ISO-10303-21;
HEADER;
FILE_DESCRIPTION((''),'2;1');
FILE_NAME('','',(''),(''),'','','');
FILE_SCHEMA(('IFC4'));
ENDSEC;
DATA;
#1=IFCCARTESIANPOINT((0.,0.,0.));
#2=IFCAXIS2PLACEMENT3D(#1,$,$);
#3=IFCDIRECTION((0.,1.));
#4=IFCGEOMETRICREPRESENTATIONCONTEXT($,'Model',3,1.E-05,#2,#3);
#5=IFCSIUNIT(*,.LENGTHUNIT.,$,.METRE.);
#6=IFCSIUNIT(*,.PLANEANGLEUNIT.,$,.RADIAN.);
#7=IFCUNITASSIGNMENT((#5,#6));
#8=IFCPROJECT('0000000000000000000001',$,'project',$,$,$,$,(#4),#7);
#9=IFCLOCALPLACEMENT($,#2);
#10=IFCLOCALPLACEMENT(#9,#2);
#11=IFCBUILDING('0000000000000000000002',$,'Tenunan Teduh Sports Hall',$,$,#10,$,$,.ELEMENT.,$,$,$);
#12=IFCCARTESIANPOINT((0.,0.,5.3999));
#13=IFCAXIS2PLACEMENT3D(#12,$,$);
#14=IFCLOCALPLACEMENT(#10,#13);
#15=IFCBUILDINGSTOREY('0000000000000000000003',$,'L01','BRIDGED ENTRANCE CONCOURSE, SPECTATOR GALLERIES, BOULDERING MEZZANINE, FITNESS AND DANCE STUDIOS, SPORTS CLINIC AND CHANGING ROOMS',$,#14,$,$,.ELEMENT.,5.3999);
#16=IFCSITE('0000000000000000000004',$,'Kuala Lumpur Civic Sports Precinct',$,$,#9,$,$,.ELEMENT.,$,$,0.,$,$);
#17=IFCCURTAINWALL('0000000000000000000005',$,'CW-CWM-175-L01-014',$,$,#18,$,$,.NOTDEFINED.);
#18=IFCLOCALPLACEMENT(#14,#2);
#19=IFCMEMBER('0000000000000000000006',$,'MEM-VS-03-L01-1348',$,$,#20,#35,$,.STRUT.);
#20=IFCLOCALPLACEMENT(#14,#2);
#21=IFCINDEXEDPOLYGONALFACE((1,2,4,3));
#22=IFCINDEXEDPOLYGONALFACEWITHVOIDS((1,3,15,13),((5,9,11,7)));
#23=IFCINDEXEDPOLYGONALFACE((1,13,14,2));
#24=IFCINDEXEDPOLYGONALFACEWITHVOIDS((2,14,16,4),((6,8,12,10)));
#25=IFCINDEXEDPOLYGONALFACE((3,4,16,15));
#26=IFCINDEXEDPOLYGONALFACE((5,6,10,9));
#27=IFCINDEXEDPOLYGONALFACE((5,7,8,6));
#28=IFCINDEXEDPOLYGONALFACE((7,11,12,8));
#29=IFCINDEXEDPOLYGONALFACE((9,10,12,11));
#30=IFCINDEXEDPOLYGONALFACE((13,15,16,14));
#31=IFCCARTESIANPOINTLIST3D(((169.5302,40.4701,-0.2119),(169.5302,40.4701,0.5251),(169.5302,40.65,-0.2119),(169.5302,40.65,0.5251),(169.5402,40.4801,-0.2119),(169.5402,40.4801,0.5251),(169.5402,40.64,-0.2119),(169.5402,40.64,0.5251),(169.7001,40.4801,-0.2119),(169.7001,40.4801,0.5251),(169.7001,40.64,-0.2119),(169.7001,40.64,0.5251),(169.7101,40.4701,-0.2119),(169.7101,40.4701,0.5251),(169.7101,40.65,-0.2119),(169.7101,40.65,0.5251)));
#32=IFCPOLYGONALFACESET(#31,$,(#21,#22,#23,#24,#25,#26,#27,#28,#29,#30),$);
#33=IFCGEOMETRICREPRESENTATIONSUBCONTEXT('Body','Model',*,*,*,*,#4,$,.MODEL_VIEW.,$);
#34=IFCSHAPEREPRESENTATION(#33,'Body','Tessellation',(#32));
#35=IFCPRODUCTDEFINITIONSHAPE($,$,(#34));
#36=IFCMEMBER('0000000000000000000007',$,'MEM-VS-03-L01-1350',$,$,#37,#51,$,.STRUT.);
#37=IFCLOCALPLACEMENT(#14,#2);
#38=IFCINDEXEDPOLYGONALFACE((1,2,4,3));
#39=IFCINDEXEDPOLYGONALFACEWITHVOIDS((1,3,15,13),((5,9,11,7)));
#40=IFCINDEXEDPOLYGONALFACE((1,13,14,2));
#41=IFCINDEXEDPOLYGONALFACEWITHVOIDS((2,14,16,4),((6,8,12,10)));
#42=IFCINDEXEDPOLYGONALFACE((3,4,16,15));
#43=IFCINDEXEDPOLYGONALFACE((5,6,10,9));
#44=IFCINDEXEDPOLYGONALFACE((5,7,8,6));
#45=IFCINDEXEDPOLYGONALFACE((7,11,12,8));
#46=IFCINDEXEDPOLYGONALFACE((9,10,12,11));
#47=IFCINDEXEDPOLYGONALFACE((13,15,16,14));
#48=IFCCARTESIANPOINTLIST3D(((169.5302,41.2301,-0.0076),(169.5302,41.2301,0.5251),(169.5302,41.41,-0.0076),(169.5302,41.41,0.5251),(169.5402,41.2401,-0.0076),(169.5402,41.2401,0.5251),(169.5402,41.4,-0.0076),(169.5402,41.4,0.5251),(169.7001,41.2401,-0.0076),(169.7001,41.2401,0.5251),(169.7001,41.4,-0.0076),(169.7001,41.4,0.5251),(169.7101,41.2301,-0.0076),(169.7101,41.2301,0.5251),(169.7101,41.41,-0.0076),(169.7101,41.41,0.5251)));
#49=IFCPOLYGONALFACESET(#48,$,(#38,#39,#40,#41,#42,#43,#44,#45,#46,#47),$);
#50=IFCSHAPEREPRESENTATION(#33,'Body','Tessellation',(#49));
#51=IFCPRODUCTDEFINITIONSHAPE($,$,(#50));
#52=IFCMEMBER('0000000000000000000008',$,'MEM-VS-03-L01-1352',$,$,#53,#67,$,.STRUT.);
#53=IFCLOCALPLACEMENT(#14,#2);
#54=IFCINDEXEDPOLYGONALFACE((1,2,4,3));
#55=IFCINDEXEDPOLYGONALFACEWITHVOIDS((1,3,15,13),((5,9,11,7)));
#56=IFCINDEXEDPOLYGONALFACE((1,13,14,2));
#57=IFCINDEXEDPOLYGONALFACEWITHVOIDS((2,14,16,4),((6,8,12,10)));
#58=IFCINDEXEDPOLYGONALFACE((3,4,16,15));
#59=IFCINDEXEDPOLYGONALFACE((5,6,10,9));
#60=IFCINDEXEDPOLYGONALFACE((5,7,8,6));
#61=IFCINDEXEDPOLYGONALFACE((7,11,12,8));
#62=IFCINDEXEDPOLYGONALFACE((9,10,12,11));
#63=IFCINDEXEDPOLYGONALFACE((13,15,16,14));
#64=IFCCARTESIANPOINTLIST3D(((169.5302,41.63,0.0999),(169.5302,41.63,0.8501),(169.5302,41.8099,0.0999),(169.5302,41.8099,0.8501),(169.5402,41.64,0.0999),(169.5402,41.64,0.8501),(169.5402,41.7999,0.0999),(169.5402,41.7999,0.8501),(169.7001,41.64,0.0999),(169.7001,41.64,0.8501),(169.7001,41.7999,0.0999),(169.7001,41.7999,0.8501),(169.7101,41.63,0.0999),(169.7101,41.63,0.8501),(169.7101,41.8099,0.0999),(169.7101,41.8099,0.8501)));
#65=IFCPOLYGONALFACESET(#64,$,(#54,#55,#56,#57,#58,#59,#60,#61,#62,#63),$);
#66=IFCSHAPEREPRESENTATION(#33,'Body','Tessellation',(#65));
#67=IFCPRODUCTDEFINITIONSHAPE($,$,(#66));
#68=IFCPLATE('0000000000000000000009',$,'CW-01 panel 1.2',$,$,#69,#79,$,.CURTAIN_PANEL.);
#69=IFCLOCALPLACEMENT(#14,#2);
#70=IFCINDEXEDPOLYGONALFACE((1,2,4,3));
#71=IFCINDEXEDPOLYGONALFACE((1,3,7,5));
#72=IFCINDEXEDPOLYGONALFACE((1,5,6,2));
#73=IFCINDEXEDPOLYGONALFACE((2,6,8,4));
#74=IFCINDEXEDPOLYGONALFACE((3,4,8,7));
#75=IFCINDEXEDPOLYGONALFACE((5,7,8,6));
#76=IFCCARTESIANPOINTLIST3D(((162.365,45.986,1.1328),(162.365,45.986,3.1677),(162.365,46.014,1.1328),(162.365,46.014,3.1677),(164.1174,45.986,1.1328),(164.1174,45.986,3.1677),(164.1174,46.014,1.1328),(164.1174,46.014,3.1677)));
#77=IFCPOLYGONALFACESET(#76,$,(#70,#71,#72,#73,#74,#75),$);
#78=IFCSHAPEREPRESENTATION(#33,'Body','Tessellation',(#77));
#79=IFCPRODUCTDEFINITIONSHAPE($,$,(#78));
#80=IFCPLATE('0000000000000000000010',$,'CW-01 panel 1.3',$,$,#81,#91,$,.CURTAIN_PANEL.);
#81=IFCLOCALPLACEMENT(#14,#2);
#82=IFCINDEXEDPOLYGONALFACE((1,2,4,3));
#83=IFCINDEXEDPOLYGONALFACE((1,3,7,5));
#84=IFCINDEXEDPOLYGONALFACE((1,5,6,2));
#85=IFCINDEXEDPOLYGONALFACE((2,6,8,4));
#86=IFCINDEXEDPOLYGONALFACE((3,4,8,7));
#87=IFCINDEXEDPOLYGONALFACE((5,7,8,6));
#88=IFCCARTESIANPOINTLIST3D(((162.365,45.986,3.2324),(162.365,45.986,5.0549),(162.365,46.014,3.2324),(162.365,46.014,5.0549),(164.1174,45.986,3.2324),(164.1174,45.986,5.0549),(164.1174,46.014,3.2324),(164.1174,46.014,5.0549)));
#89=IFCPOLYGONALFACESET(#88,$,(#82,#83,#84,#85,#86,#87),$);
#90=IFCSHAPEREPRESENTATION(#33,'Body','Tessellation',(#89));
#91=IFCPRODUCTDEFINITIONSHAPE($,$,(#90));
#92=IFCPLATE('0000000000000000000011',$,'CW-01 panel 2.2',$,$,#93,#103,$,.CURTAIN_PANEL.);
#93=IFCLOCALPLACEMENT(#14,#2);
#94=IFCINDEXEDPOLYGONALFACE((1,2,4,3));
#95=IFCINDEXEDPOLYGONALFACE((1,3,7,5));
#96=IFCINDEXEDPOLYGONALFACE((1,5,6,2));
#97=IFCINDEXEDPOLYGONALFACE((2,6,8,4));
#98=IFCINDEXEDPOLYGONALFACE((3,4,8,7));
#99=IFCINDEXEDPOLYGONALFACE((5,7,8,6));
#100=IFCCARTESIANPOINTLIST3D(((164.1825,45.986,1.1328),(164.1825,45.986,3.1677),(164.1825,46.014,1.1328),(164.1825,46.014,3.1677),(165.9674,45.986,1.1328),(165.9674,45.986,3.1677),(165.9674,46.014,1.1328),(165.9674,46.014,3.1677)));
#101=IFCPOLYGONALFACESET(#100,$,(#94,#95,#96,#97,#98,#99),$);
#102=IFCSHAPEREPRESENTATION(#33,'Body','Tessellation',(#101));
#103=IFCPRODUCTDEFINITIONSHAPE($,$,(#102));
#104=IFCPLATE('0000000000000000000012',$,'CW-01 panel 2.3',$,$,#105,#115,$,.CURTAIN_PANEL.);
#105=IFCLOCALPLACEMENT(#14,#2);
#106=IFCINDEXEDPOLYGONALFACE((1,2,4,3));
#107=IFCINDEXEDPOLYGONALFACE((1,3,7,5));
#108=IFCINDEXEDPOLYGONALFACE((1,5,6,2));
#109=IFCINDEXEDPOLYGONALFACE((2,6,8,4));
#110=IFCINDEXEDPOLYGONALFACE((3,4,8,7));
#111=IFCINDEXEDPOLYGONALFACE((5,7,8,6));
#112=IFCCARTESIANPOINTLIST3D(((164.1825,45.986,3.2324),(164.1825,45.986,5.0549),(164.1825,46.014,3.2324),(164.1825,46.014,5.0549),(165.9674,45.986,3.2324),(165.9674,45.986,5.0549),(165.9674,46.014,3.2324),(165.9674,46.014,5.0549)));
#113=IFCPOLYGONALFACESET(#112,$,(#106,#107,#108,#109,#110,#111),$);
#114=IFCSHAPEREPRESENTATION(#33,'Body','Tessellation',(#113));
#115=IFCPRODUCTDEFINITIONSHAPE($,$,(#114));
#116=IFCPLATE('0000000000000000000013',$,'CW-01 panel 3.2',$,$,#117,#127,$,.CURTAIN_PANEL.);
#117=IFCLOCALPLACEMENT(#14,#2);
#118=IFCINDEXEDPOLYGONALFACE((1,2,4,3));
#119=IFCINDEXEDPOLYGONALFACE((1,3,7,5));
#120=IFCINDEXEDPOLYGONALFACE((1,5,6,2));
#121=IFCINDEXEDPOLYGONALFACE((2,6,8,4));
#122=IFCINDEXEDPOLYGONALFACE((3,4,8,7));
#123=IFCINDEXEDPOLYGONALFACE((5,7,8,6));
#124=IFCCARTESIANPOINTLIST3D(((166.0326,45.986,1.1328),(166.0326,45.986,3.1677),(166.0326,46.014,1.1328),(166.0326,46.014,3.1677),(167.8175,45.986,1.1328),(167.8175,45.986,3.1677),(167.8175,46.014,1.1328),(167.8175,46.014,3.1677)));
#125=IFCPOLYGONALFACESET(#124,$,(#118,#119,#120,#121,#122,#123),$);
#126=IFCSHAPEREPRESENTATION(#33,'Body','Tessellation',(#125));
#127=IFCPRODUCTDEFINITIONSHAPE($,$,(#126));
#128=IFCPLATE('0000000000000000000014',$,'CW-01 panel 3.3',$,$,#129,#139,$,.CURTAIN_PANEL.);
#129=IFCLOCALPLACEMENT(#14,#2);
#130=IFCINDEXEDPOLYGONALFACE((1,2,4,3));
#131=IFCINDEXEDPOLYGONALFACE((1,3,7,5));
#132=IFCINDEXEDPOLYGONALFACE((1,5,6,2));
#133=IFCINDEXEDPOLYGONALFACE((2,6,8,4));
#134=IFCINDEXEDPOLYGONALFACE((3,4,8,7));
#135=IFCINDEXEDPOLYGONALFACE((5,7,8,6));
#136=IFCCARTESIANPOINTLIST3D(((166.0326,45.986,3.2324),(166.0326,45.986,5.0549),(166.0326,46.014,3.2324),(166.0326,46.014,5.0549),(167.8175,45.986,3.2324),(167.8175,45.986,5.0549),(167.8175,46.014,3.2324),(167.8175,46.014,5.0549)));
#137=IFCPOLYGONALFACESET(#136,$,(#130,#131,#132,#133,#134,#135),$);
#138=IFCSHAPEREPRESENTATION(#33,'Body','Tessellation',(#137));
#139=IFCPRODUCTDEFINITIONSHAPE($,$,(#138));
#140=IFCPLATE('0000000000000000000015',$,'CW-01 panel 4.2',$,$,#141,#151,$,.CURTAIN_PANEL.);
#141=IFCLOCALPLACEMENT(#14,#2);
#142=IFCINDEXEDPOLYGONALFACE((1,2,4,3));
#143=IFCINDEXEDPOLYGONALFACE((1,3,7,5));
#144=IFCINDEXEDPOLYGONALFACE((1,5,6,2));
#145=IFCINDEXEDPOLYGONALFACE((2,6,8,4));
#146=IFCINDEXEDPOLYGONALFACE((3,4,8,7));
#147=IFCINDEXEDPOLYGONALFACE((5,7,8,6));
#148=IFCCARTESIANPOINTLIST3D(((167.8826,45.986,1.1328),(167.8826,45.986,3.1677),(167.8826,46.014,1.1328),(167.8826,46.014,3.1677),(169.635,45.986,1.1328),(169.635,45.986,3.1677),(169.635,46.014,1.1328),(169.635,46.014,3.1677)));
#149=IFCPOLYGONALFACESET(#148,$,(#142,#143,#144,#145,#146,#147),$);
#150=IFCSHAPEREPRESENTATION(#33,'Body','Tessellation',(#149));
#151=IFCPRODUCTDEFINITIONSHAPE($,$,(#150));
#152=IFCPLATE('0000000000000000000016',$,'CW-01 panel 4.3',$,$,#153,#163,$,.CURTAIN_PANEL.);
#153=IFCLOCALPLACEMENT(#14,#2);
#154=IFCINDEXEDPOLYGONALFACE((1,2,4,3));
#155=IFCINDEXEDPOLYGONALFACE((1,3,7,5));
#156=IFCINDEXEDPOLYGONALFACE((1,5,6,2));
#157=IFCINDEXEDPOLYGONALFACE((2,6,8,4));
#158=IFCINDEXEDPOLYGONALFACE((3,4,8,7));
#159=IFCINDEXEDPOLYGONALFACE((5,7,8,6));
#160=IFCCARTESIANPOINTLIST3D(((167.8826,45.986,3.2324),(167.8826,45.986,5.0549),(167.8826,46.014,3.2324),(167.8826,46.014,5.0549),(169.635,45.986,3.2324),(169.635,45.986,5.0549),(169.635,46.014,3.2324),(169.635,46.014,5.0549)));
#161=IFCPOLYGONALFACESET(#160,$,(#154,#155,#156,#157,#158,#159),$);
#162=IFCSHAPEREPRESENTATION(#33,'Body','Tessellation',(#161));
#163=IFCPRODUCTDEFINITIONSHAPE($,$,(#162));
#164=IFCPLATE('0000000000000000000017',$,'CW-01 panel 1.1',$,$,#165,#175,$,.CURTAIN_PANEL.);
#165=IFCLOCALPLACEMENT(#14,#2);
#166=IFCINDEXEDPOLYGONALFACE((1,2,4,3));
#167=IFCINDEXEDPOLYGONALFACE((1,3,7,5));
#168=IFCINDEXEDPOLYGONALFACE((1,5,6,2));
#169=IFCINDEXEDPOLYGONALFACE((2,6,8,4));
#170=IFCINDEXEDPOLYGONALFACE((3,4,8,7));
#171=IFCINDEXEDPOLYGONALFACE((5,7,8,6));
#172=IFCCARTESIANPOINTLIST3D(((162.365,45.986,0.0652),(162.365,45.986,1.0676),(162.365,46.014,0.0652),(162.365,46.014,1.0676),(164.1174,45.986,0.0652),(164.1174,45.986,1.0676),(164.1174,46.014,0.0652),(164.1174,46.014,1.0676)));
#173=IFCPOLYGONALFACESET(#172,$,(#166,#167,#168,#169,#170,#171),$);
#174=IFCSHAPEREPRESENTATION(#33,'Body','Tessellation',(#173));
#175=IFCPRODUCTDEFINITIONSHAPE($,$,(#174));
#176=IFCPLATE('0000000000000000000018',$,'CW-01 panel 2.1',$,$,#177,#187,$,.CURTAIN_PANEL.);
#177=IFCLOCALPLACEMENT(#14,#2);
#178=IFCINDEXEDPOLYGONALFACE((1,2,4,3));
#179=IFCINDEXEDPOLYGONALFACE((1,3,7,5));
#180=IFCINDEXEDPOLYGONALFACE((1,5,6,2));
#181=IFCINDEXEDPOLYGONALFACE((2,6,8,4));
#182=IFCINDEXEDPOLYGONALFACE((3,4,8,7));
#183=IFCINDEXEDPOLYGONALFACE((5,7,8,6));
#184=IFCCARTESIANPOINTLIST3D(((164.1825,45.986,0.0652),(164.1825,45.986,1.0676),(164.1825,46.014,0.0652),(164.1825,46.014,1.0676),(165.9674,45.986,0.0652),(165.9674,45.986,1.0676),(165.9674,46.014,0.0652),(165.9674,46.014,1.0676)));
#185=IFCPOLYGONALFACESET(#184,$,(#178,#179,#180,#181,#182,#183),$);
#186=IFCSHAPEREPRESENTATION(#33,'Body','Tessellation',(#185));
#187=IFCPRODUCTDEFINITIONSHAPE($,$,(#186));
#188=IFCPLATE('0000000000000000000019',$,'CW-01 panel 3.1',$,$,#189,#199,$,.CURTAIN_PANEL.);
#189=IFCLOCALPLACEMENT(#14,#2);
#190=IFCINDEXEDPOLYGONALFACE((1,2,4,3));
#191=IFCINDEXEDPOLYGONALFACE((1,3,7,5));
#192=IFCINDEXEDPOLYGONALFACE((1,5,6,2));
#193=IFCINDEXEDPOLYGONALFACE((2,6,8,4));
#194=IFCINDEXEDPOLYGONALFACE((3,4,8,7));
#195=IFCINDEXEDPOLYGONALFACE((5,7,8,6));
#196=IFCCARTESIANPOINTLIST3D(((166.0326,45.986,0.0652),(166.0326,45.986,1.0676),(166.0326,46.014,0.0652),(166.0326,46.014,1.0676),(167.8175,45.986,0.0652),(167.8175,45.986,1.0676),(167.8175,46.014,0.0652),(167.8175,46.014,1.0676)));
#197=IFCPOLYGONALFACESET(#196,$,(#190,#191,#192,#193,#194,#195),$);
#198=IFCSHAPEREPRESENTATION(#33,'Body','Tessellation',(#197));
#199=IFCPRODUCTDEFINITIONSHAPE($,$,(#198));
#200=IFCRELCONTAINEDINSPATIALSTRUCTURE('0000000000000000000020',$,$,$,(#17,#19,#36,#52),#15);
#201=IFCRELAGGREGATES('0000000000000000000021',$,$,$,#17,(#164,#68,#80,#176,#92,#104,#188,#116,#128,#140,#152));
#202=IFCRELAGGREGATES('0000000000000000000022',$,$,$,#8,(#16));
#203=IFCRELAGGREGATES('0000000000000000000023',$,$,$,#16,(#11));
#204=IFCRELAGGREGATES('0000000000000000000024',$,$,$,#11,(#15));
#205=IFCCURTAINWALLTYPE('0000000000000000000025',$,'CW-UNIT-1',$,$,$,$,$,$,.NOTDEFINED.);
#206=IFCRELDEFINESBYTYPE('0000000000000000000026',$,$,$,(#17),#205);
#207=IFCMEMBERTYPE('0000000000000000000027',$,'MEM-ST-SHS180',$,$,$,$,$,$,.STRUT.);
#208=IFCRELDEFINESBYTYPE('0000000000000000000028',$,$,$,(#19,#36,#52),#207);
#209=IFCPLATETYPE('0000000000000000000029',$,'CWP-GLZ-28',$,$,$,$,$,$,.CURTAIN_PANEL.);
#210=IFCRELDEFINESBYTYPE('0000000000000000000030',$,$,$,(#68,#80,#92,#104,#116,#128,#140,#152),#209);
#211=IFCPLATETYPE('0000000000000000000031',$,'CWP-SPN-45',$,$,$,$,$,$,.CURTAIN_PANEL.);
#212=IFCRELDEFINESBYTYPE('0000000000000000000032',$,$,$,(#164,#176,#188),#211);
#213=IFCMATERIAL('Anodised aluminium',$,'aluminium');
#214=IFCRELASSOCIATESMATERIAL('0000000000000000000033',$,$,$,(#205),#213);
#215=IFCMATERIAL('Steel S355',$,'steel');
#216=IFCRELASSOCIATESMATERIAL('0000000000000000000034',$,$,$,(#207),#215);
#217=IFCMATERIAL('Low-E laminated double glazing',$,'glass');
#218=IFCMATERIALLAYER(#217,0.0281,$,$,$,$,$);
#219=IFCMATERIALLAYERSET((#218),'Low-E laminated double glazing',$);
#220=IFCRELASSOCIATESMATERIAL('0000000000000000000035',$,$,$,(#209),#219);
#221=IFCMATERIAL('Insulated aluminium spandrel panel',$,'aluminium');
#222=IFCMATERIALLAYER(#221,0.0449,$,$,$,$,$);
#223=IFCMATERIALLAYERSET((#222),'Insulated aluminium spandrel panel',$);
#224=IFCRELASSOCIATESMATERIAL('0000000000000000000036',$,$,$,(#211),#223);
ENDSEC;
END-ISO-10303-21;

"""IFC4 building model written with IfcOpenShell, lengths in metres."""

from ifc_helpers import new_model, si_unit, direction, frame, origin, origin_2d, place, context, subcontext, project, spatial, rectangle, hollow_rectangle, extrude, material, layer, layer_set, material_profile, profile_set, type_object, element, aggregate, save


model = new_model("IFC4")

# Units and contexts
model_context = context("Model", 3, precision=1e-05, world=origin(), true_north=direction((0.0, 1.0)))
body_context = subcontext(model_context, "Body", "Model", "MODEL_VIEW")
ifc_project = project(units=[si_unit("LENGTHUNIT", "METRE"), si_unit("PLANEANGLEUNIT", "RADIAN")], contexts=[model_context])

# Site, building, storey
site_placement = place(None, origin())
site = spatial("IfcSite", under=ifc_project, at=site_placement, Name="Kuala Lumpur Civic Sports Precinct", CompositionType="ELEMENT", RefElevation=0.0)
building_placement = place(site_placement, origin())
building = spatial("IfcBuilding", under=site, at=building_placement, Name="Tenunan Teduh Sports Hall", CompositionType="ELEMENT")
storey_placement = place(building_placement, frame((0.0, 0.0, 5.3999)))
storey = spatial("IfcBuildingStorey", under=building, at=storey_placement, Name="L01", Description="BRIDGED ENTRANCE CONCOURSE, SPECTATOR GALLERIES, BOULDERING MEZZANINE, FITNESS AND DANCE STUDIOS, SPORTS CLINIC AND CHANGING ROOMS", CompositionType="ELEMENT", Elevation=5.3999)

# Curtain wall
ifc_material_1 = material(Name="Anodised aluminium", Category="aluminium")
curtain_wall_type = type_object("IfcCurtainWallType", Name="CW-UNIT-1", PredefinedType="NOTDEFINED", material=ifc_material_1)
curtain_wall_placement = place(storey_placement, origin())
curtain_wall = element("IfcCurtainWall", 1, at=curtain_wall_placement, inside=storey, type_object=curtain_wall_type, Name="CW-CWM-175-L01-014", PredefinedType="NOTDEFINED")

# Members
ifc_material_2 = material(Name="Steel S355", Category="steel")
ifc_material_profile_1 = material_profile(ifc_material_2, hollow_rectangle(XDim=0.1799, YDim=0.1799, WallThickness=0.01, at=origin_2d()), Name="SHS 180x180x10.0")
ifc_profile_set_1 = profile_set([ifc_material_profile_1], Name="Steel S355")
member_type_1 = type_object("IfcMemberType", Name="MEM-ST-SHS180", PredefinedType="STRUT", material=ifc_profile_set_1)
member_1_placement = place(storey_placement, frame((169.6201, 40.5601, -0.2119), z_axis=(0.0, 0.0, 1.0), x_axis=(1.0, 0.0, 0.0)))
element("IfcMember", 2, at=member_1_placement, inside=storey, type_object=member_type_1, Name="MEM-VS-03-L01-1348", PredefinedType="STRUT", context=body_context, shape_type="SweptSolid", body=[
    extrude(hollow_rectangle(XDim=0.1799, YDim=0.1799, WallThickness=0.01, at=origin_2d()), origin(), (0.0, 0.0, 1.0), 0.7371),
])
member_2_placement = place(storey_placement, frame((169.6201, 41.3201, -0.0076), z_axis=(0.0, 0.0, 1.0), x_axis=(1.0, 0.0, 0.0)))
element("IfcMember", 3, at=member_2_placement, inside=storey, type_object=member_type_1, Name="MEM-VS-03-L01-1350", PredefinedType="STRUT", context=body_context, shape_type="SweptSolid", body=[
    extrude(hollow_rectangle(XDim=0.1799, YDim=0.1799, WallThickness=0.01, at=origin_2d()), origin(), (0.0, 0.0, 1.0), 0.5327),
])
member_3_placement = place(storey_placement, frame((169.6201, 41.72, 0.0999), z_axis=(0.0, 0.0, 1.0), x_axis=(1.0, 0.0, 0.0)))
element("IfcMember", 4, at=member_3_placement, inside=storey, type_object=member_type_1, Name="MEM-VS-03-L01-1352", PredefinedType="STRUT", context=body_context, shape_type="SweptSolid", body=[
    extrude(hollow_rectangle(XDim=0.1799, YDim=0.1799, WallThickness=0.01, at=origin_2d()), origin(), (0.0, 0.0, 1.0), 0.7502),
])

# Plates
ifc_material_3 = material(Name="Low-E laminated double glazing", Category="glass")
ifc_layer_1 = layer(ifc_material_3, 0.0281)
ifc_layer_set_1 = layer_set([ifc_layer_1], Name="Low-E laminated double glazing")
plate_type_1 = type_object("IfcPlateType", Name="CWP-GLZ-28", PredefinedType="CURTAIN_PANEL", material=ifc_layer_set_1)
plate_1_placement = place(storey_placement, frame((163.2412, 46.0, 1.1328), z_axis=(0.0, 0.0, 1.0), x_axis=(1.0, 0.0, 0.0)))
plate_1 = element("IfcPlate", 5, at=plate_1_placement, type_object=plate_type_1, Name="CW-01 panel 1.2", PredefinedType="CURTAIN_PANEL", context=body_context, shape_type="SweptSolid", body=[
    extrude(rectangle(XDim=1.7524, YDim=0.0281, at=origin_2d()), origin(), (0.0, 0.0, 1.0), 2.0349),
])
plate_2_placement = place(storey_placement, frame((163.2412, 46.0, 3.2324), z_axis=(0.0, 0.0, 1.0), x_axis=(1.0, 0.0, 0.0)))
plate_2 = element("IfcPlate", 6, at=plate_2_placement, type_object=plate_type_1, Name="CW-01 panel 1.3", PredefinedType="CURTAIN_PANEL", context=body_context, shape_type="SweptSolid", body=[
    extrude(rectangle(XDim=1.7524, YDim=0.0281, at=origin_2d()), origin(), (0.0, 0.0, 1.0), 1.8225),
])
plate_3_placement = place(storey_placement, frame((165.075, 46.0, 1.1328), z_axis=(0.0, 0.0, 1.0), x_axis=(1.0, 0.0, 0.0)))
plate_3 = element("IfcPlate", 7, at=plate_3_placement, type_object=plate_type_1, Name="CW-01 panel 2.2", PredefinedType="CURTAIN_PANEL", context=body_context, shape_type="SweptSolid", body=[
    extrude(rectangle(XDim=1.7849, YDim=0.0281, at=origin_2d()), origin(), (0.0, 0.0, 1.0), 2.0349),
])
plate_4_placement = place(storey_placement, frame((165.075, 46.0, 3.2324), z_axis=(0.0, 0.0, 1.0), x_axis=(1.0, 0.0, 0.0)))
plate_4 = element("IfcPlate", 8, at=plate_4_placement, type_object=plate_type_1, Name="CW-01 panel 2.3", PredefinedType="CURTAIN_PANEL", context=body_context, shape_type="SweptSolid", body=[
    extrude(rectangle(XDim=1.7849, YDim=0.0281, at=origin_2d()), origin(), (0.0, 0.0, 1.0), 1.8225),
])
plate_5_placement = place(storey_placement, frame((166.925, 46.0, 1.1328), z_axis=(0.0, 0.0, 1.0), x_axis=(1.0, 0.0, 0.0)))
plate_5 = element("IfcPlate", 9, at=plate_5_placement, type_object=plate_type_1, Name="CW-01 panel 3.2", PredefinedType="CURTAIN_PANEL", context=body_context, shape_type="SweptSolid", body=[
    extrude(rectangle(XDim=1.7849, YDim=0.0281, at=origin_2d()), origin(), (0.0, 0.0, 1.0), 2.0349),
])
plate_6_placement = place(storey_placement, frame((166.925, 46.0, 3.2324), z_axis=(0.0, 0.0, 1.0), x_axis=(1.0, 0.0, 0.0)))
plate_6 = element("IfcPlate", 10, at=plate_6_placement, type_object=plate_type_1, Name="CW-01 panel 3.3", PredefinedType="CURTAIN_PANEL", context=body_context, shape_type="SweptSolid", body=[
    extrude(rectangle(XDim=1.7849, YDim=0.0281, at=origin_2d()), origin(), (0.0, 0.0, 1.0), 1.8225),
])
plate_7_placement = place(storey_placement, frame((168.7588, 46.0, 1.1328), z_axis=(0.0, 0.0, 1.0), x_axis=(1.0, 0.0, 0.0)))
plate_7 = element("IfcPlate", 11, at=plate_7_placement, type_object=plate_type_1, Name="CW-01 panel 4.2", PredefinedType="CURTAIN_PANEL", context=body_context, shape_type="SweptSolid", body=[
    extrude(rectangle(XDim=1.7524, YDim=0.0281, at=origin_2d()), origin(), (0.0, 0.0, 1.0), 2.0349),
])
plate_8_placement = place(storey_placement, frame((168.7588, 46.0, 3.2324), z_axis=(0.0, 0.0, 1.0), x_axis=(1.0, 0.0, 0.0)))
plate_8 = element("IfcPlate", 12, at=plate_8_placement, type_object=plate_type_1, Name="CW-01 panel 4.3", PredefinedType="CURTAIN_PANEL", context=body_context, shape_type="SweptSolid", body=[
    extrude(rectangle(XDim=1.7524, YDim=0.0281, at=origin_2d()), origin(), (0.0, 0.0, 1.0), 1.8225),
])
ifc_material_4 = material(Name="Insulated aluminium spandrel panel", Category="aluminium")
ifc_layer_2 = layer(ifc_material_4, 0.0449)
ifc_layer_set_2 = layer_set([ifc_layer_2], Name="Insulated aluminium spandrel panel")
plate_type_2 = type_object("IfcPlateType", Name="CWP-SPN-45", PredefinedType="CURTAIN_PANEL", material=ifc_layer_set_2)
plate_9_placement = place(storey_placement, frame((163.2412, 46.0, 0.0652), z_axis=(0.0, 0.0, 1.0), x_axis=(1.0, 0.0, 0.0)))
plate_9 = element("IfcPlate", 13, at=plate_9_placement, type_object=plate_type_2, Name="CW-01 panel 1.1", PredefinedType="CURTAIN_PANEL", context=body_context, shape_type="SweptSolid", body=[
    extrude(rectangle(XDim=1.7524, YDim=0.0281, at=origin_2d()), origin(), (0.0, 0.0, 1.0), 1.0024),
])
plate_10_placement = place(storey_placement, frame((165.075, 46.0, 0.0652), z_axis=(0.0, 0.0, 1.0), x_axis=(1.0, 0.0, 0.0)))
plate_10 = element("IfcPlate", 14, at=plate_10_placement, type_object=plate_type_2, Name="CW-01 panel 2.1", PredefinedType="CURTAIN_PANEL", context=body_context, shape_type="SweptSolid", body=[
    extrude(rectangle(XDim=1.7849, YDim=0.0281, at=origin_2d()), origin(), (0.0, 0.0, 1.0), 1.0024),
])
plate_11_placement = place(storey_placement, frame((166.925, 46.0, 0.0652), z_axis=(0.0, 0.0, 1.0), x_axis=(1.0, 0.0, 0.0)))
plate_11 = element("IfcPlate", 15, at=plate_11_placement, type_object=plate_type_2, Name="CW-01 panel 3.1", PredefinedType="CURTAIN_PANEL", context=body_context, shape_type="SweptSolid", body=[
    extrude(rectangle(XDim=1.7849, YDim=0.0281, at=origin_2d()), origin(), (0.0, 0.0, 1.0), 1.0024),
])
aggregate(curtain_wall, [plate_9, plate_1, plate_2, plate_10, plate_3, plate_4, plate_11, plate_5, plate_6, plate_7, plate_8])

save(model, "model.ifc")
